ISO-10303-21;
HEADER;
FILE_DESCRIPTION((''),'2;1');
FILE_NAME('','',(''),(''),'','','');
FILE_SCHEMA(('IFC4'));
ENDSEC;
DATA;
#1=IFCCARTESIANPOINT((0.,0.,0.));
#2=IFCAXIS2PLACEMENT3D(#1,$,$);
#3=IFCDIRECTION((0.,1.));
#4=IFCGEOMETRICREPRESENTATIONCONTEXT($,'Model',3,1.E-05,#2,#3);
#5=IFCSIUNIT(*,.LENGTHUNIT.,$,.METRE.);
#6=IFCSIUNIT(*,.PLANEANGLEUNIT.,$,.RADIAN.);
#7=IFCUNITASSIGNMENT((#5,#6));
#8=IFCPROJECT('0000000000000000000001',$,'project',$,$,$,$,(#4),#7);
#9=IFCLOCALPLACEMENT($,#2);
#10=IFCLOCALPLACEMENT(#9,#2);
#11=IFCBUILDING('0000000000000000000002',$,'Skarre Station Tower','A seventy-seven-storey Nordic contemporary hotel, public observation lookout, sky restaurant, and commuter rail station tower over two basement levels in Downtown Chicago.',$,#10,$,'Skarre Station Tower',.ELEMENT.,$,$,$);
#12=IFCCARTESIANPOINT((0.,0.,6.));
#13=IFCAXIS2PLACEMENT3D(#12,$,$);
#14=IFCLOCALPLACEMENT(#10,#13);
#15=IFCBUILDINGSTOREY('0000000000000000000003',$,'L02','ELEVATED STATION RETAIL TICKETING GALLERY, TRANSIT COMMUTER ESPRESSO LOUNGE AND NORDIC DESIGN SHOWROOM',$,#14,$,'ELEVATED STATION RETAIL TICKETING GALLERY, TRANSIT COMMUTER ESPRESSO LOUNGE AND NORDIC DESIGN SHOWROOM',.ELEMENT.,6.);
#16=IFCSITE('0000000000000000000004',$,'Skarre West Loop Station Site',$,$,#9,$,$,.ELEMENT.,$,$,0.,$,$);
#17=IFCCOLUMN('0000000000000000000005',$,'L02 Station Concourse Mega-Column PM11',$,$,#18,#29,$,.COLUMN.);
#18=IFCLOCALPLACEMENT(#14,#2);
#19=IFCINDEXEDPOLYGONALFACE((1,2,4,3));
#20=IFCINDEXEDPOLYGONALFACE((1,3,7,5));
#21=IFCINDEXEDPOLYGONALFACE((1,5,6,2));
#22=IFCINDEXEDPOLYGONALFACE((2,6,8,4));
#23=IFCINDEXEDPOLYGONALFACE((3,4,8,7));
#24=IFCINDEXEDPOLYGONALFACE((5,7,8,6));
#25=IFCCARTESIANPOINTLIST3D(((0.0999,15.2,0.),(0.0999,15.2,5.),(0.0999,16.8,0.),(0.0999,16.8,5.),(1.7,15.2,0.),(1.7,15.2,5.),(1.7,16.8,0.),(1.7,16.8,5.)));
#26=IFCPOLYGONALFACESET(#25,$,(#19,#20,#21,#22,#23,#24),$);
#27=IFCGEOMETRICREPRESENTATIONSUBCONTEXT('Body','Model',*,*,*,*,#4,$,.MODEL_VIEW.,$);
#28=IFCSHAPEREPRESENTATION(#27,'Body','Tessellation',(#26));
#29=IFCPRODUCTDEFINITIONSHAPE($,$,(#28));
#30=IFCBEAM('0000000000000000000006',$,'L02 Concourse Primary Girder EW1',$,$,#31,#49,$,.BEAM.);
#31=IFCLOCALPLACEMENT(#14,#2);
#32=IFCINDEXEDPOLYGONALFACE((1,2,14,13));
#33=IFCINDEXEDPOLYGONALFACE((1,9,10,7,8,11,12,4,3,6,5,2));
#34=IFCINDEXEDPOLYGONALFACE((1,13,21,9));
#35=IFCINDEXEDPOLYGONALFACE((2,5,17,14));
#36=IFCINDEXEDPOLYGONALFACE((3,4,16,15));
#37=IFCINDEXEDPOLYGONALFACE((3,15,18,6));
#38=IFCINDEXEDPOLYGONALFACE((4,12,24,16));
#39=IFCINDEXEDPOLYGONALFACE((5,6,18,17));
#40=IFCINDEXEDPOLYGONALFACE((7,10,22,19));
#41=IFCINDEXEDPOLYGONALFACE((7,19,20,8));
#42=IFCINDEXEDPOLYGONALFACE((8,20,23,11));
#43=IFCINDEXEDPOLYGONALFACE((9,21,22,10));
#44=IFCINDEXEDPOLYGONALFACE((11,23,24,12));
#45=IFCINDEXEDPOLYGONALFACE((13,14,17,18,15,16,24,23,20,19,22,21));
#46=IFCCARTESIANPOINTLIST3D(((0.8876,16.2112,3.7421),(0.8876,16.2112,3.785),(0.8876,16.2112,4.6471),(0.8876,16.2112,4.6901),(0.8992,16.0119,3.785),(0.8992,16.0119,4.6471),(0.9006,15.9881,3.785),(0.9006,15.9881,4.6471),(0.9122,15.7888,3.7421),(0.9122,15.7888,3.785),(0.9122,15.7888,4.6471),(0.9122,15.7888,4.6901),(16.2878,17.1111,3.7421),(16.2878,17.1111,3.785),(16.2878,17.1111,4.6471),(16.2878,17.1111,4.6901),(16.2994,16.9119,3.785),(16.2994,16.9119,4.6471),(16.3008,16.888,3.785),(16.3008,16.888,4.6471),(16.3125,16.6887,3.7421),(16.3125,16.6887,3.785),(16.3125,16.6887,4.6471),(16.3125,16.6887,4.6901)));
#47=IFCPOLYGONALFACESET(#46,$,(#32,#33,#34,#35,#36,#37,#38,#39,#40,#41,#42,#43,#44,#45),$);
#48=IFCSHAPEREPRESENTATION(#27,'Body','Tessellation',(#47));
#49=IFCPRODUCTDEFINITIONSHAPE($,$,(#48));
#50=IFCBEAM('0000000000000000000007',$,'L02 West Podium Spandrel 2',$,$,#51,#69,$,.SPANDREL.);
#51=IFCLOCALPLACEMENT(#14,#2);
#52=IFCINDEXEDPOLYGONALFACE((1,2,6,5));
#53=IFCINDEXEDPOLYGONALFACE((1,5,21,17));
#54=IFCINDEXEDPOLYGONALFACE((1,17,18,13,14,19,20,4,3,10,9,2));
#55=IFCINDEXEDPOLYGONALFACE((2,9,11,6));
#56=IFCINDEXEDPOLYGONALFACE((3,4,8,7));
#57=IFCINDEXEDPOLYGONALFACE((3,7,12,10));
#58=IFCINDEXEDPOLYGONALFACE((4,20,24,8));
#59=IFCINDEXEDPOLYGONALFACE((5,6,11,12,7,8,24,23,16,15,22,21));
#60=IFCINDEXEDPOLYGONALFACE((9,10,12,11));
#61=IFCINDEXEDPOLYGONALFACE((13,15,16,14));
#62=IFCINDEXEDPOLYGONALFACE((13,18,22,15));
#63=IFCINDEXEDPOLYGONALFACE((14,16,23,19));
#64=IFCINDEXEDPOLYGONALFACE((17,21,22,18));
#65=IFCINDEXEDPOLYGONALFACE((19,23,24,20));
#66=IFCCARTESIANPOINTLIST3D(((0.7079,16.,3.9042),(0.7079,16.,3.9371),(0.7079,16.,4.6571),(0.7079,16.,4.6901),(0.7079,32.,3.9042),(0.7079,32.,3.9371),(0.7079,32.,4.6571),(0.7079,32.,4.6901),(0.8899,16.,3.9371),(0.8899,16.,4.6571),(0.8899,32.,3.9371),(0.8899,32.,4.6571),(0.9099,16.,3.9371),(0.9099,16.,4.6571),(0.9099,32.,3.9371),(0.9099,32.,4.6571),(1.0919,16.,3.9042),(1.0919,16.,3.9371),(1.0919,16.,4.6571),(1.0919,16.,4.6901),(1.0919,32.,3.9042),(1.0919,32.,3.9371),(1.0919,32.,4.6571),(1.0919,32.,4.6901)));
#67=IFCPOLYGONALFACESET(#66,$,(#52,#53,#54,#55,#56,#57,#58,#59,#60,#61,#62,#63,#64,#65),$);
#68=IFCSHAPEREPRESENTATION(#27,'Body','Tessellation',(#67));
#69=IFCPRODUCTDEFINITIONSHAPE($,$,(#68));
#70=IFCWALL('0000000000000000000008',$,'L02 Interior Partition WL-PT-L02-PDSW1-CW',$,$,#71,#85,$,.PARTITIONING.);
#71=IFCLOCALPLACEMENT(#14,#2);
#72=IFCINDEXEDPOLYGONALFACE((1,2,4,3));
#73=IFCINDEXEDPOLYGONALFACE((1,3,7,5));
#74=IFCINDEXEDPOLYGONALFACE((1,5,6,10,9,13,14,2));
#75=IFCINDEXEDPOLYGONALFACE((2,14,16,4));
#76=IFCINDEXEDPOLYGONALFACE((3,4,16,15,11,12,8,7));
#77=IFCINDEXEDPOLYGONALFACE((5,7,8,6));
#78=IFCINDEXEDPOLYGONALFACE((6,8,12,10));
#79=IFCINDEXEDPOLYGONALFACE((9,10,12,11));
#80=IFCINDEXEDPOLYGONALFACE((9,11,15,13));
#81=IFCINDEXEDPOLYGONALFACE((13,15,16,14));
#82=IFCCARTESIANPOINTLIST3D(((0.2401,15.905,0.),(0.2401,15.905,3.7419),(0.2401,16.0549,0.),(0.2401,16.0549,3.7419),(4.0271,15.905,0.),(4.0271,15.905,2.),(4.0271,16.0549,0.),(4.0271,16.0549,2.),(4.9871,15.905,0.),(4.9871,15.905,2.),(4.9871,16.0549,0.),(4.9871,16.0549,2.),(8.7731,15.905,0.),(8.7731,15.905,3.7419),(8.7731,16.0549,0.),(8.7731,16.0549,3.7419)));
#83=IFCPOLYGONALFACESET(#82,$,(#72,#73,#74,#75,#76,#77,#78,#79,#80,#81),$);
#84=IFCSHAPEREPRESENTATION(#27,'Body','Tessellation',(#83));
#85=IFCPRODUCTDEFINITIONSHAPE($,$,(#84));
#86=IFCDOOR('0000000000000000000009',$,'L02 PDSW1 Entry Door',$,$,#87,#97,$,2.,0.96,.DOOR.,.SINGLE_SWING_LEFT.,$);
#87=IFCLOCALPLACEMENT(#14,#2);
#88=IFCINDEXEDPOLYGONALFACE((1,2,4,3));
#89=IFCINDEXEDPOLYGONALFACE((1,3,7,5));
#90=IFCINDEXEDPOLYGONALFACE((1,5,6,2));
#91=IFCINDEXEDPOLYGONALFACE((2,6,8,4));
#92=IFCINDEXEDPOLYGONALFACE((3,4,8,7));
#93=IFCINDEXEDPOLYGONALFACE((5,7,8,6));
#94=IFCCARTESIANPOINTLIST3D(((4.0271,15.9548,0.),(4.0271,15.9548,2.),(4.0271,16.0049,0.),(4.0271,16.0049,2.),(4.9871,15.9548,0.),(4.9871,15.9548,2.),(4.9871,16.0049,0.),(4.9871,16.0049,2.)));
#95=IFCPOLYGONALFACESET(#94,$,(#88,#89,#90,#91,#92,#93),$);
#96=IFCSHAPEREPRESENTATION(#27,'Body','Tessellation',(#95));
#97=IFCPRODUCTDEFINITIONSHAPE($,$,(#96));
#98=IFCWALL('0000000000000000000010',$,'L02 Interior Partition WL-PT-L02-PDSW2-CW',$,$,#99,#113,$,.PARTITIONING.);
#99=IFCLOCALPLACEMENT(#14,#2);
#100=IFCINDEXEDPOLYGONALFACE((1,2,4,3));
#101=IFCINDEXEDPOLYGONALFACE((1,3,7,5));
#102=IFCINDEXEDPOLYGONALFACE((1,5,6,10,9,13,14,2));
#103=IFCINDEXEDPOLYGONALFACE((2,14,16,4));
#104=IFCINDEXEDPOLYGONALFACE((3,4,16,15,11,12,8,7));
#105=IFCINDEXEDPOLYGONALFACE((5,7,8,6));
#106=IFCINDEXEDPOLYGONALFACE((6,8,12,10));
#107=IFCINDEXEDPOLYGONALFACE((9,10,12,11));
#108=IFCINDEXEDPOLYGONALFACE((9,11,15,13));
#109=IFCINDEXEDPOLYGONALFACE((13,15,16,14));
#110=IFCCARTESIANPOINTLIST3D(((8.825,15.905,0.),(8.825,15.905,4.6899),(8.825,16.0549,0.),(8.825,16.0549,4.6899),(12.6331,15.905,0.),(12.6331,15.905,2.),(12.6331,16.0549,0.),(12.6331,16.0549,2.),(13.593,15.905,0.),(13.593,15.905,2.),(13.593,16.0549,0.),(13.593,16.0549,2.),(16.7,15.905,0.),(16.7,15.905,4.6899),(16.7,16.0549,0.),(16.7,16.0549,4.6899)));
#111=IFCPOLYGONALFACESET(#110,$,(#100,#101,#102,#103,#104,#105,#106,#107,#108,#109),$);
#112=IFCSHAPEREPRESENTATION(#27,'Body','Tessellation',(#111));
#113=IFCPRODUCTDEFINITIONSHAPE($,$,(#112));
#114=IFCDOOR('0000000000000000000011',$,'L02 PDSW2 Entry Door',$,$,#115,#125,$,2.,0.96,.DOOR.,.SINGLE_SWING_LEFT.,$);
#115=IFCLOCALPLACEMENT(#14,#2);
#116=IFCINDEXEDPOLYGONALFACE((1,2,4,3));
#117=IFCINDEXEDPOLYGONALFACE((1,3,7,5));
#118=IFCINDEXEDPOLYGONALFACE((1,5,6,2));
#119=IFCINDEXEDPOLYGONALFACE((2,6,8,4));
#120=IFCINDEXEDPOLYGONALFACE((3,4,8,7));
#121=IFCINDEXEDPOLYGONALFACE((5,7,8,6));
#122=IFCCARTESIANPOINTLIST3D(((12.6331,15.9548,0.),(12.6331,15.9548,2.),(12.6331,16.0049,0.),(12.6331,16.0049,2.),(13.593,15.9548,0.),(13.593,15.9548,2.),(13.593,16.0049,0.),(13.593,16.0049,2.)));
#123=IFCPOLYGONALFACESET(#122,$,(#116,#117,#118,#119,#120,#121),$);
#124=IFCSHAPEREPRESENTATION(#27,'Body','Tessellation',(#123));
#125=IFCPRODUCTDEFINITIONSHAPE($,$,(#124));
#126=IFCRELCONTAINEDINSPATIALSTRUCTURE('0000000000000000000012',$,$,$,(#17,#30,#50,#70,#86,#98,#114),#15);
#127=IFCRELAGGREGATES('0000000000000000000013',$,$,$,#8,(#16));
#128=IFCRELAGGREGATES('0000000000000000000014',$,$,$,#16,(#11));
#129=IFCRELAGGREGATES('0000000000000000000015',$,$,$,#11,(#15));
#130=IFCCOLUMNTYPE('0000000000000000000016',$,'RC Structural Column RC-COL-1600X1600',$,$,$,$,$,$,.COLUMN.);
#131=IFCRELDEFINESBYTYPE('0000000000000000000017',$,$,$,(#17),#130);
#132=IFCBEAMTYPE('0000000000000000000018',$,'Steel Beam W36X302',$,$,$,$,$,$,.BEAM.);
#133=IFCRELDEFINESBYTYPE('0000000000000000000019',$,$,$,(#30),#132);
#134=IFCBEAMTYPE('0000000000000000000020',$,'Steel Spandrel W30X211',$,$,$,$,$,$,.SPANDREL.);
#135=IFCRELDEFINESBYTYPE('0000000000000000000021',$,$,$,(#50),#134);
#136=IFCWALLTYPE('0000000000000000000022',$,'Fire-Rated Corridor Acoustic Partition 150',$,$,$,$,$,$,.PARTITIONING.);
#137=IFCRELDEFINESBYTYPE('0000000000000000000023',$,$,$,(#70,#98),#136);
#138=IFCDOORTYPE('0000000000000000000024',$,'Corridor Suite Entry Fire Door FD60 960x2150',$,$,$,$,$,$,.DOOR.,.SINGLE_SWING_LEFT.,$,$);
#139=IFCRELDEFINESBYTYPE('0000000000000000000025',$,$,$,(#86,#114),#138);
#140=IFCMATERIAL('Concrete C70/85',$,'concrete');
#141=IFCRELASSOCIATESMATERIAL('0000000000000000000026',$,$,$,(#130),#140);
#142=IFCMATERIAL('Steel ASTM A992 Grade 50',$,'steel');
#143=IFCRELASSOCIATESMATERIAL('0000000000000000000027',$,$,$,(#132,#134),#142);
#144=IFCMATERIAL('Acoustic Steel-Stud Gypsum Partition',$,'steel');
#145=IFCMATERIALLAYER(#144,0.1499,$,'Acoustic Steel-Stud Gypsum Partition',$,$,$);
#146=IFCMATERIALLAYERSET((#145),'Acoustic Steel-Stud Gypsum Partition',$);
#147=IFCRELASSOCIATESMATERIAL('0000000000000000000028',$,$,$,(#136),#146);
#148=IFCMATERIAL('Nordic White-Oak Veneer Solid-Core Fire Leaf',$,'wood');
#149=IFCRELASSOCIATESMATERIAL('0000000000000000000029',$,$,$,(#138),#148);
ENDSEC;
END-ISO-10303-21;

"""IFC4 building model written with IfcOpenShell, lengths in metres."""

from ifc_helpers import new_model, si_unit, direction, frame, frame_2d, origin, origin_2d, place, context, subcontext, project, spatial, rectangle, i_section, extrude, material, layer, layer_set, material_profile, profile_set, type_object, element, fill, save


model = new_model("IFC4")

# Units and contexts
model_context = context("Model", 3, precision=1e-05, world=origin(), true_north=direction((0.0, 1.0)))
body_context = subcontext(model_context, "Body", "Model", "MODEL_VIEW")
ifc_project = project(units=[si_unit("LENGTHUNIT", "METRE"), si_unit("PLANEANGLEUNIT", "RADIAN")], contexts=[model_context])

# Site, building, storey
site_placement = place(None, origin())
site = spatial("IfcSite", under=ifc_project, at=site_placement, Name="Skarre West Loop Station Site", CompositionType="ELEMENT", RefElevation=0.0)
building_placement = place(site_placement, origin())
building = spatial("IfcBuilding", under=site, at=building_placement, Name="Skarre Station Tower", Description="A seventy-seven-storey Nordic contemporary hotel, public observation lookout, sky restaurant, and commuter rail station tower over two basement levels in Downtown Chicago.", LongName="Skarre Station Tower", CompositionType="ELEMENT")
storey_placement = place(building_placement, frame((0.0, 0.0, 6.0)))
storey = spatial("IfcBuildingStorey", under=building, at=storey_placement, Name="L02", Description="ELEVATED STATION RETAIL TICKETING GALLERY, TRANSIT COMMUTER ESPRESSO LOUNGE AND NORDIC DESIGN SHOWROOM", LongName="ELEVATED STATION RETAIL TICKETING GALLERY, TRANSIT COMMUTER ESPRESSO LOUNGE AND NORDIC DESIGN SHOWROOM", CompositionType="ELEMENT", Elevation=6.0)

# Column
ifc_material_1 = material(Name="Concrete C70/85", Category="concrete")
ifc_material_profile_1 = material_profile(ifc_material_1, rectangle(XDim=1.6001, YDim=1.6001, at=origin_2d()), Name="Concrete C70/85")
ifc_profile_set_1 = profile_set([ifc_material_profile_1], Name="Concrete C70/85")
column_type = type_object("IfcColumnType", Name="RC Structural Column RC-COL-1600X1600", PredefinedType="COLUMN", material=ifc_profile_set_1)
column_placement = place(storey_placement, frame((0.8999, 16.0, 0.0), z_axis=(0.0, 0.0, 1.0), x_axis=(1.0, 0.0, 0.0)))
element("IfcColumn", 1, at=column_placement, inside=storey, type_object=column_type, Name="L02 Station Concourse Mega-Column PM11", PredefinedType="COLUMN", context=body_context, shape_type="SweptSolid", body=[
    extrude(rectangle(XDim=1.6001, YDim=1.6001, at=origin_2d()), origin(), (0.0, 0.0, 1.0), 5.0),
])

# Beams
ifc_material_2 = material(Name="Steel ASTM A992 Grade 50", Category="steel")
ifc_material_profile_2 = material_profile(ifc_material_2, i_section(OverallWidth=0.4231, OverallDepth=0.948, WebThickness=0.0239, FlangeThickness=0.043, at=origin_2d()), Name="Steel ASTM A992 Grade 50")
ifc_profile_set_2 = profile_set([ifc_material_profile_2], Name="Steel ASTM A992 Grade 50")
beam_type_1 = type_object("IfcBeamType", Name="Steel Beam W36X302", PredefinedType="BEAM", material=ifc_profile_set_2)
beam_1_placement = place(storey_placement, frame((0.8999, 16.0, 4.2161), z_axis=(0.998297, 0.058335, 0.0), x_axis=(-0.058335, 0.998297, 0.0)))
element("IfcBeam", 2, at=beam_1_placement, inside=storey, type_object=beam_type_1, Name="L02 Concourse Primary Girder EW1", PredefinedType="BEAM", context=body_context, shape_type="SweptSolid", body=[
    extrude(i_section(OverallWidth=0.4231, OverallDepth=0.948, WebThickness=0.0239, FlangeThickness=0.043, at=origin_2d()), origin(), (0.0, 0.0, 1.0), 15.4265),
])
ifc_material_profile_3 = material_profile(ifc_material_2, i_section(OverallWidth=0.384, OverallDepth=0.7859, WebThickness=0.02, FlangeThickness=0.033, at=origin_2d()), Name="Steel ASTM A992 Grade 50")
ifc_profile_set_3 = profile_set([ifc_material_profile_3], Name="Steel ASTM A992 Grade 50")
beam_type_2 = type_object("IfcBeamType", Name="Steel Spandrel W30X211", PredefinedType="SPANDREL", material=ifc_profile_set_3)
beam_2_placement = place(storey_placement, frame((0.8999, 16.0, 4.2971), z_axis=(0.0, 1.0, 0.0), x_axis=(-1.0, 0.0, 0.0)))
element("IfcBeam", 3, at=beam_2_placement, inside=storey, type_object=beam_type_2, Name="L02 West Podium Spandrel 2", PredefinedType="SPANDREL", context=body_context, shape_type="SweptSolid", body=[
    extrude(i_section(OverallWidth=0.384, OverallDepth=0.7859, WebThickness=0.02, FlangeThickness=0.033, at=origin_2d()), origin(), (0.0, 0.0, 1.0), 16.0),
])

# Walls, openings, doors
ifc_material_3 = material(Name="Acoustic Steel-Stud Gypsum Partition", Category="steel")
ifc_layer_1 = layer(ifc_material_3, 0.1499, Name="Acoustic Steel-Stud Gypsum Partition")
ifc_layer_set_1 = layer_set([ifc_layer_1], Name="Acoustic Steel-Stud Gypsum Partition")
wall_type_1 = type_object("IfcWallType", Name="Fire-Rated Corridor Acoustic Partition 150", PredefinedType="PARTITIONING", material=ifc_layer_set_1)
wall_1_placement = place(storey_placement, frame((0.24, 15.98, 0.0), z_axis=(0.0, 0.0, 1.0), x_axis=(1.0, 0.0, 0.0)))
wall_1 = element("IfcWall", 4, at=wall_1_placement, inside=storey, type_object=wall_type_1, Name="L02 Interior Partition WL-PT-L02-PDSW1-CW", PredefinedType="PARTITIONING", context=body_context, shape_type="SweptSolid", body=[
    extrude(rectangle(XDim=8.533, YDim=0.1499, at=frame_2d((4.2666, 0.0))), origin(), (0.0, 0.0, 1.0), 3.7419),
])
opening_1_placement = place(wall_1_placement, frame((3.7871, 0.0, 0.0)))
opening_1 = element("IfcOpeningElement", 5, at=opening_1_placement, cuts=wall_1, PredefinedType="OPENING", context=body_context, shape_type="SweptSolid", body=[
    extrude(rectangle(XDim=0.96, YDim=2.0, at=frame_2d((0.48, 1.0))), frame((0.0, 0.085, 0.0), z_axis=(0.0, -1.0, 0.0), x_axis=(1.0, 0.0, 0.0)), (0.0, 0.0, 1.0), 0.1699),
])
ifc_material_4 = material(Name="Nordic White-Oak Veneer Solid-Core Fire Leaf", Category="wood")
door_type = type_object("IfcDoorType", Name="Corridor Suite Entry Fire Door FD60 960x2150", OperationType="SINGLE_SWING_LEFT", PredefinedType="DOOR", material=ifc_material_4)
door_1_placement = place(opening_1_placement, origin())
door_1 = element("IfcDoor", 6, at=door_1_placement, inside=storey, type_object=door_type, Name="L02 PDSW1 Entry Door", OperationType="SINGLE_SWING_LEFT", OverallHeight=2.0, OverallWidth=0.96, PredefinedType="DOOR", context=body_context, shape_type="SweptSolid", body=[
    extrude(rectangle(XDim=0.96, YDim=2.0, at=frame_2d((0.48, 1.0))), frame((0.0, 0.0249, 0.0), z_axis=(0.0, -1.0, 0.0), x_axis=(1.0, 0.0, 0.0)), (0.0, 0.0, 1.0), 0.05),
])
fill(opening_1, door_1)
wall_2_placement = place(storey_placement, frame((8.825, 15.98, 0.0), z_axis=(0.0, 0.0, 1.0), x_axis=(1.0, 0.0, 0.0)))
wall_2 = element("IfcWall", 7, at=wall_2_placement, inside=storey, type_object=wall_type_1, Name="L02 Interior Partition WL-PT-L02-PDSW2-CW", PredefinedType="PARTITIONING", context=body_context, shape_type="SweptSolid", body=[
    extrude(rectangle(XDim=7.875, YDim=0.1499, at=frame_2d((3.9375, 0.0))), origin(), (0.0, 0.0, 1.0), 4.6899),
])
opening_2_placement = place(wall_2_placement, frame((3.8081, 0.0, 0.0)))
opening_2 = element("IfcOpeningElement", 8, at=opening_2_placement, cuts=wall_2, PredefinedType="OPENING", context=body_context, shape_type="SweptSolid", body=[
    extrude(rectangle(XDim=0.96, YDim=2.0, at=frame_2d((0.48, 1.0))), frame((0.0, 0.085, 0.0), z_axis=(0.0, -1.0, 0.0), x_axis=(1.0, 0.0, 0.0)), (0.0, 0.0, 1.0), 0.1699),
])
door_2_placement = place(opening_2_placement, origin())
door_2 = element("IfcDoor", 9, at=door_2_placement, inside=storey, type_object=door_type, Name="L02 PDSW2 Entry Door", OperationType="SINGLE_SWING_LEFT", OverallHeight=2.0, OverallWidth=0.96, PredefinedType="DOOR", context=body_context, shape_type="SweptSolid", body=[
    extrude(rectangle(XDim=0.96, YDim=2.0, at=frame_2d((0.48, 1.0))), frame((0.0, 0.0249, 0.0), z_axis=(0.0, -1.0, 0.0), x_axis=(1.0, 0.0, 0.0)), (0.0, 0.0, 1.0), 0.05),
])
fill(opening_2, door_2)

save(model, "model.ifc")
